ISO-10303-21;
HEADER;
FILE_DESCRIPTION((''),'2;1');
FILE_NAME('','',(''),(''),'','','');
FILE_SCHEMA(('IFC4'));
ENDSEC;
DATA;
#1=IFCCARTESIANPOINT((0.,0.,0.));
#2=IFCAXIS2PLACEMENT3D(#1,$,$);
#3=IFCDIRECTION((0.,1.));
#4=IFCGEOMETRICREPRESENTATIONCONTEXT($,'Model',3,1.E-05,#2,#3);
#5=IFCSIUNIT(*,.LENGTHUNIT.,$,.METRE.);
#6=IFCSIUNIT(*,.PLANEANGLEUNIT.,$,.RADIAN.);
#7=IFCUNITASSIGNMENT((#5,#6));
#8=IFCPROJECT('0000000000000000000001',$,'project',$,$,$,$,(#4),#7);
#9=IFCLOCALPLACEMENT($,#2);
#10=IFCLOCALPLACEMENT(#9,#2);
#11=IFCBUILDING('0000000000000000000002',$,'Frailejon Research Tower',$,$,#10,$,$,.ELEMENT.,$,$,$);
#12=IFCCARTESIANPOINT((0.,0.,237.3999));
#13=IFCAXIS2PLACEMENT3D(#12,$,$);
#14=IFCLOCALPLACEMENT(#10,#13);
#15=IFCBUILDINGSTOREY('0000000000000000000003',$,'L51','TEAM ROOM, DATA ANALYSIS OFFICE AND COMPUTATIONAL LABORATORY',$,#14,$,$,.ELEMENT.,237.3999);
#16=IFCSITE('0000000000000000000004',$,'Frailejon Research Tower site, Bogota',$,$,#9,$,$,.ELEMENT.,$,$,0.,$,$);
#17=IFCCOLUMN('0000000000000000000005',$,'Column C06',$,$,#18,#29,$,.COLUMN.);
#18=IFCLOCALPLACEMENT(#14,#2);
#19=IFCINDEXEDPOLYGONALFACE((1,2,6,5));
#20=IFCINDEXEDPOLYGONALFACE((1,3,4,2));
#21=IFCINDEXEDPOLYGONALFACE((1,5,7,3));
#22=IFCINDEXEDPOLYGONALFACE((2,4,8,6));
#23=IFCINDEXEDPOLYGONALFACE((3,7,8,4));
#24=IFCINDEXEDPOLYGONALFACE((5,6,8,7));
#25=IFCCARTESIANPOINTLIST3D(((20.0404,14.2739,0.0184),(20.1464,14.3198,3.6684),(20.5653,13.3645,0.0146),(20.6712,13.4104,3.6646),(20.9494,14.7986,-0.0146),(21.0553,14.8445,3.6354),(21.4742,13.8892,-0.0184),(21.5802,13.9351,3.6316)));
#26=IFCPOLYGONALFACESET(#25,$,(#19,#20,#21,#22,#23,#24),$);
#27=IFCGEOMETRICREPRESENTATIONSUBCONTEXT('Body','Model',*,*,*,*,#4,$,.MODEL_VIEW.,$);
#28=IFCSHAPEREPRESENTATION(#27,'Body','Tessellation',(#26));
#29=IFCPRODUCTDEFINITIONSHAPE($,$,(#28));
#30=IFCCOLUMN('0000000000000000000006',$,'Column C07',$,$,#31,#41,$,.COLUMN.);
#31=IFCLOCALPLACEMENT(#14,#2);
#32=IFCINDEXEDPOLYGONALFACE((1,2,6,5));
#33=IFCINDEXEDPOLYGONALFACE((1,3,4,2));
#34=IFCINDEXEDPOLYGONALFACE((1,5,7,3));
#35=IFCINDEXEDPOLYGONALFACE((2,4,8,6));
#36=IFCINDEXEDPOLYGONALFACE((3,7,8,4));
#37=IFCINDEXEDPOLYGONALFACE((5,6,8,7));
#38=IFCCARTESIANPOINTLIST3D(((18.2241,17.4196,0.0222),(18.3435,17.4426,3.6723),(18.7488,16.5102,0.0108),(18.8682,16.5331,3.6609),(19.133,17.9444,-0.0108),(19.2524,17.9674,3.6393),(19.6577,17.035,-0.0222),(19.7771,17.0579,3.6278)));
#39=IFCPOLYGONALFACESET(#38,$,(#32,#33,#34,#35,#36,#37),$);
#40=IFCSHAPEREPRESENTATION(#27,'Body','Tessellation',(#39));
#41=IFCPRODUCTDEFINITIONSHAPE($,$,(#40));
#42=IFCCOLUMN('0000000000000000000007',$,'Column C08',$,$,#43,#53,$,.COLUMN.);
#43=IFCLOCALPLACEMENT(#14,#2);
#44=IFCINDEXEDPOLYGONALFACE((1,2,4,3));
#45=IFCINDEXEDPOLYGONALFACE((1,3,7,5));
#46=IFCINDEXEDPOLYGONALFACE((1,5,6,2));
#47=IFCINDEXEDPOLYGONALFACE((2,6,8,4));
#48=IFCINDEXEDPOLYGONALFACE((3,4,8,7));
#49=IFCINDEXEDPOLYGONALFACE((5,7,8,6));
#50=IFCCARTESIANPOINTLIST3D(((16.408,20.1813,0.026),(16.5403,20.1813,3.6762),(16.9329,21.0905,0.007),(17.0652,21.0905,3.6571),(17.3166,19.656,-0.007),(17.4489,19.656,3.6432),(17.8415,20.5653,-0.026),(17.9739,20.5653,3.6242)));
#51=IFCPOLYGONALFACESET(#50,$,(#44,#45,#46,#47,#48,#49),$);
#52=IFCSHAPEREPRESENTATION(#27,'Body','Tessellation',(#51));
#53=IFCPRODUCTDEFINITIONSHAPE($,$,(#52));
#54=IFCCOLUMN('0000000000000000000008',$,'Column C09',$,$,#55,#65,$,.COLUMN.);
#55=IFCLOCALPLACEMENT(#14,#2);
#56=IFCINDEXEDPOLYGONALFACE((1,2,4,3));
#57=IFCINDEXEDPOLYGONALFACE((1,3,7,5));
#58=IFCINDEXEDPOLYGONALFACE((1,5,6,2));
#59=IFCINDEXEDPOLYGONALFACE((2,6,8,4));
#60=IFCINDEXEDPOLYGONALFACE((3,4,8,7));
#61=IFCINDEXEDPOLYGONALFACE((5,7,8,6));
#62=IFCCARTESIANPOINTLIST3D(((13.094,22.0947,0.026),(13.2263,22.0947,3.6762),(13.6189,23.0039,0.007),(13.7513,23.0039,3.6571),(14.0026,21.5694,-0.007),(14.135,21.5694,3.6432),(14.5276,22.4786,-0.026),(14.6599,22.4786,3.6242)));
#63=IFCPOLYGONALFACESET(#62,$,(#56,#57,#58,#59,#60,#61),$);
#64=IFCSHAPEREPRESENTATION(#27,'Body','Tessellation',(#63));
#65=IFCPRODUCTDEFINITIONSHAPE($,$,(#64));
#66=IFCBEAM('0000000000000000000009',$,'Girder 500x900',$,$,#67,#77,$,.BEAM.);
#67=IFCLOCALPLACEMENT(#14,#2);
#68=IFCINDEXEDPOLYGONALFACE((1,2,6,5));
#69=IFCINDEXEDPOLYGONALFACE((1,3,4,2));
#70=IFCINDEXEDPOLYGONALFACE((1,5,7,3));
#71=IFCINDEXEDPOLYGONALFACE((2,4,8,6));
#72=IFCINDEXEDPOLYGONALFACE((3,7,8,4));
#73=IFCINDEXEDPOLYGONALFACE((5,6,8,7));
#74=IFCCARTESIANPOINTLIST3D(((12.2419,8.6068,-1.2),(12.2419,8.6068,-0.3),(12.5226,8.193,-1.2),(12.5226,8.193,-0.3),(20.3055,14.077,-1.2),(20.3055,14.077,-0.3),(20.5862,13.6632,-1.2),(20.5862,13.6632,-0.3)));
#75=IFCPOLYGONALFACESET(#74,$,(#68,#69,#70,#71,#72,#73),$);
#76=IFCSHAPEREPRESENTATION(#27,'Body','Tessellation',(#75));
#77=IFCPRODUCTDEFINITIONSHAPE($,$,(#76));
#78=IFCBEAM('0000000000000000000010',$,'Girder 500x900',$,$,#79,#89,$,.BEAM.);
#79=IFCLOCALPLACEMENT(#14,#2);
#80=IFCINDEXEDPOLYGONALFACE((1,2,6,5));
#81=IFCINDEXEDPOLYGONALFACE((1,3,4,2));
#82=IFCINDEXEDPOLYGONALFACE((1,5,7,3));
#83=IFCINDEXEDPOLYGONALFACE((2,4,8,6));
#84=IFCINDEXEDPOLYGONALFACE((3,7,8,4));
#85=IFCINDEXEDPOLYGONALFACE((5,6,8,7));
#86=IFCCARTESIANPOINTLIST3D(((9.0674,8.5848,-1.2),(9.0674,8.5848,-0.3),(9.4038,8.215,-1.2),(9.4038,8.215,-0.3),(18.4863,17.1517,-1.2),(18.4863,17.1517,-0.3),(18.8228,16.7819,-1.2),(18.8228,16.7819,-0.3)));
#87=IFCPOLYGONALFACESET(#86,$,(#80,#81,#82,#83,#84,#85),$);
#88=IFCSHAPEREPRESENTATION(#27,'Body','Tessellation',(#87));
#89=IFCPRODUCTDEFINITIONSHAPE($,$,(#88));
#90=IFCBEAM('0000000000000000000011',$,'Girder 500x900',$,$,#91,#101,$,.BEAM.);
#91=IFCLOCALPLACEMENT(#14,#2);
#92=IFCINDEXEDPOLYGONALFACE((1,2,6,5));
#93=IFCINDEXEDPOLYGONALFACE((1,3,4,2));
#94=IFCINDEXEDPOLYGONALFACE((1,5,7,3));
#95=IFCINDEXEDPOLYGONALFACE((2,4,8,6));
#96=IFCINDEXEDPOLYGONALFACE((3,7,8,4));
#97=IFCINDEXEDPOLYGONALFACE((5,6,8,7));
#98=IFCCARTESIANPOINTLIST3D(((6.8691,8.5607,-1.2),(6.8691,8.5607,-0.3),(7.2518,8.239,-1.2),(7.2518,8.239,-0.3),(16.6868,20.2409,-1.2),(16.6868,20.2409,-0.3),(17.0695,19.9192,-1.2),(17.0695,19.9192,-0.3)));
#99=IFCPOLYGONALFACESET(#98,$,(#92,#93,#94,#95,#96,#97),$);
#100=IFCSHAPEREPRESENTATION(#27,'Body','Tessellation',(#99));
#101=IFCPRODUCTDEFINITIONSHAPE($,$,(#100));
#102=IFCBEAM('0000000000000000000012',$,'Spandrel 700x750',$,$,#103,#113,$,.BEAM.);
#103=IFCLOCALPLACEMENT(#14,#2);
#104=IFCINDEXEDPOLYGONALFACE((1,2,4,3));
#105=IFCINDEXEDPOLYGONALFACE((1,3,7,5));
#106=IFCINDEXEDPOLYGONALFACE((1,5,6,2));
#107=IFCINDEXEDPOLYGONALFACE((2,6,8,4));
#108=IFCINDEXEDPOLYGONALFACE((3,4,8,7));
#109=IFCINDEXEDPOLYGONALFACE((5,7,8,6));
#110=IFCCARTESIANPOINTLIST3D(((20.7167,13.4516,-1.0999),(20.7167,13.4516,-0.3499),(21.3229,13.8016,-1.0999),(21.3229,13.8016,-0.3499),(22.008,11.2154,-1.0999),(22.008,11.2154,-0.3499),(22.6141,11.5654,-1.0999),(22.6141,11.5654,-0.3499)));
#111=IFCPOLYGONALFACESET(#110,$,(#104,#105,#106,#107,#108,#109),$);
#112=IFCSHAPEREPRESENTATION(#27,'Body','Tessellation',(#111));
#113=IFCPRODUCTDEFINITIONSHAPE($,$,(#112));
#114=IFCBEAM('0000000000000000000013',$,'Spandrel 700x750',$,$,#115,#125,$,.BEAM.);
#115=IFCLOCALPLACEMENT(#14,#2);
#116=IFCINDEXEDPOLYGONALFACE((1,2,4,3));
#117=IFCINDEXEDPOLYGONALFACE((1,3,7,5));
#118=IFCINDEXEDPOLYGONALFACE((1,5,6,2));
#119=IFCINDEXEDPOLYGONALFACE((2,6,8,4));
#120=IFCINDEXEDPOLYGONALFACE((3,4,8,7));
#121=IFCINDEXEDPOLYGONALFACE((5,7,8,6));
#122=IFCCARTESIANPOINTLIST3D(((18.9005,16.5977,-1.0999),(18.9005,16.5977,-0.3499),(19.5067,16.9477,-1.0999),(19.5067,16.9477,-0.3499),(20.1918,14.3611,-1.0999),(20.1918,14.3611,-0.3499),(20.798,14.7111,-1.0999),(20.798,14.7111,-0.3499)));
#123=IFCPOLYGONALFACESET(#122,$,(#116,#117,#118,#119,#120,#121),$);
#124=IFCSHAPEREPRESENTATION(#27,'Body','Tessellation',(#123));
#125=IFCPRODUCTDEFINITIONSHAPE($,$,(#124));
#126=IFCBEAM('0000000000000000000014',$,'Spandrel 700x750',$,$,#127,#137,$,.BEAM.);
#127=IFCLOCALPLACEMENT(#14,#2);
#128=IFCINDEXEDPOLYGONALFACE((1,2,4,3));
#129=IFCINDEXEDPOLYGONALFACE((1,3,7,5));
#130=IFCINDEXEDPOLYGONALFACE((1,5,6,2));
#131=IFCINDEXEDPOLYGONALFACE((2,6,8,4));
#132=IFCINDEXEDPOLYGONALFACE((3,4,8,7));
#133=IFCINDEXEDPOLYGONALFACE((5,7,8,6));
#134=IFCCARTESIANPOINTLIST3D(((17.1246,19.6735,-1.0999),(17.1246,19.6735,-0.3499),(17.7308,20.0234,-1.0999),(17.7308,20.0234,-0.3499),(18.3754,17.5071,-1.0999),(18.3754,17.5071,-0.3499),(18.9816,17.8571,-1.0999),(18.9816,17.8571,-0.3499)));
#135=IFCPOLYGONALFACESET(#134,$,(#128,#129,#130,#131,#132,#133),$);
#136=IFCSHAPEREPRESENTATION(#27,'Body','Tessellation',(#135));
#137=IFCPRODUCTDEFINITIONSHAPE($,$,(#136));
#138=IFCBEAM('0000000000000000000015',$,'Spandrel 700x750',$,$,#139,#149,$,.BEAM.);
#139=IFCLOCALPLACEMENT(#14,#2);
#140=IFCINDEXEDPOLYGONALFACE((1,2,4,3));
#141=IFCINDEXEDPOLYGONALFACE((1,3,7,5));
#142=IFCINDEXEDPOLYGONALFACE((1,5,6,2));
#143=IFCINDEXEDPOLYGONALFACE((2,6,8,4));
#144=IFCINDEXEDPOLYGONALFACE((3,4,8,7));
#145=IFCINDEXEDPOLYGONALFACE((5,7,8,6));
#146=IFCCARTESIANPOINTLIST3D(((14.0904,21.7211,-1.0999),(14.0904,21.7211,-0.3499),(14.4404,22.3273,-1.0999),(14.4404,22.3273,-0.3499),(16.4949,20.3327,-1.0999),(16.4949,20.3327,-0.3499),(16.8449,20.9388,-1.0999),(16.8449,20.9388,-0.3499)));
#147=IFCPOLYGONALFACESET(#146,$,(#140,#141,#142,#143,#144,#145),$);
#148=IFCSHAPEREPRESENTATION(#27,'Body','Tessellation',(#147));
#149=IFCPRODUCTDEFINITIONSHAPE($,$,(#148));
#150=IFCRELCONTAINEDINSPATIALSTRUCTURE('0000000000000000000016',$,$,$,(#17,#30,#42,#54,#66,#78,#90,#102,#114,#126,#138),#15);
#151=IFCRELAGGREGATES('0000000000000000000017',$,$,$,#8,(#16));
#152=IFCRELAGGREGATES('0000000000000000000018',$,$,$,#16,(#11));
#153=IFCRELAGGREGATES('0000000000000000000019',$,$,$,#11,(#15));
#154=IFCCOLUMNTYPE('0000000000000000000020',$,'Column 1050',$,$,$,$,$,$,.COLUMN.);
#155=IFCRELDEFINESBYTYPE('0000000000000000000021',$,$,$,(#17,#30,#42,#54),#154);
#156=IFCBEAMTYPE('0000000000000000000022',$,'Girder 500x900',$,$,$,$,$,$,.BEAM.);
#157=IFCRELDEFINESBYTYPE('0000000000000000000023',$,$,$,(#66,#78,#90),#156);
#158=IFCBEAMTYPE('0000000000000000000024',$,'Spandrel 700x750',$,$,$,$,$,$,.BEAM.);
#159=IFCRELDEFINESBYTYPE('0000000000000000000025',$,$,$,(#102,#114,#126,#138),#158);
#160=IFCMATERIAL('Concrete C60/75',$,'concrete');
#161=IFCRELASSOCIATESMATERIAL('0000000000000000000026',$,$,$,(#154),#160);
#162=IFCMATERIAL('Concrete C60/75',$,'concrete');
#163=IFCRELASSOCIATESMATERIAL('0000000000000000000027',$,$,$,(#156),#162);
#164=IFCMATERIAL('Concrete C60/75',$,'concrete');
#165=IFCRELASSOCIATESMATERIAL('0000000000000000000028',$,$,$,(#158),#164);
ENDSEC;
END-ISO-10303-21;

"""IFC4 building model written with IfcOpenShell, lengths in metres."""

from ifc_helpers import new_model, si_unit, direction, frame, origin, origin_2d, place, context, subcontext, project, spatial, rectangle, extrude, material, material_profile, profile_set, type_object, element, save


model = new_model("IFC4")

# Units and contexts
model_context = context("Model", 3, precision=1e-05, world=origin(), true_north=direction((0.0, 1.0)))
body_context = subcontext(model_context, "Body", "Model", "MODEL_VIEW")
ifc_project = project(units=[si_unit("LENGTHUNIT", "METRE"), si_unit("PLANEANGLEUNIT", "RADIAN")], contexts=[model_context])

# Site, building, storey
site_placement = place(None, origin())
site = spatial("IfcSite", under=ifc_project, at=site_placement, Name="Frailejon Research Tower site, Bogota", CompositionType="ELEMENT", RefElevation=0.0)
building_placement = place(site_placement, origin())
building = spatial("IfcBuilding", under=site, at=building_placement, Name="Frailejon Research Tower", CompositionType="ELEMENT")
storey_placement = place(building_placement, frame((0.0, 0.0, 237.3999)))
storey = spatial("IfcBuildingStorey", under=building, at=storey_placement, Name="L51", Description="TEAM ROOM, DATA ANALYSIS OFFICE AND COMPUTATIONAL LABORATORY", CompositionType="ELEMENT", Elevation=237.3999)

# Columns
ifc_material_1 = material(Name="Concrete C60/75", Category="concrete")
ifc_material_profile_1 = material_profile(ifc_material_1, rectangle(XDim=1.05, YDim=1.05, at=origin_2d()), Name="Column 1050")
ifc_profile_set_1 = profile_set([ifc_material_profile_1], Name="Concrete C60/75")
column_type = type_object("IfcColumnType", Name="Column 1050", PredefinedType="COLUMN", material=ifc_profile_set_1)
column_1_placement = place(storey_placement, frame((20.7573, 14.0815, 0.0), z_axis=(0.029014, 0.012568, 0.9995), x_axis=(-0.499849, 0.866105, 0.003619)))
element("IfcColumn", 1, at=column_1_placement, inside=storey, type_object=column_type, Name="Column C06", PredefinedType="COLUMN", context=body_context, shape_type="SweptSolid", body=[
    extrude(rectangle(XDim=1.05, YDim=1.05, at=origin_2d()), origin(), (0.0, 0.0, 1.0), 3.6519),
])
column_2_placement = place(storey_placement, frame((18.9409, 17.2273, 0.0), z_axis=(0.032689, 0.006284, 0.999446), x_axis=(-0.499707, 0.866126, 0.010898)))
element("IfcColumn", 2, at=column_2_placement, inside=storey, type_object=column_type, Name="Column C07", PredefinedType="COLUMN", context=body_context, shape_type="SweptSolid", body=[
    extrude(rectangle(XDim=1.05, YDim=1.05, at=origin_2d()), origin(), (0.0, 0.0, 1.0), 3.6521),
])
for number, where, z_axis, x_axis, name in (
    (3, (17.1248, 20.3733, 0.0), (0.036228, 0.0, 0.999344), (-0.865315, 0.500246, 0.031369), "Column C08"),
    (4, (13.8108, 22.2866, 0.0), (0.036228, 0.0, 0.999344), (-0.865315, 0.500246, 0.031369), "Column C09"),
):
    element("IfcColumn", number, at=place(storey_placement, frame(where, z_axis=z_axis, x_axis=x_axis)), inside=storey, type_object=column_type, Name=name, PredefinedType="COLUMN", context=body_context, shape_type="SweptSolid", body=[
        extrude(rectangle(XDim=1.05, YDim=1.05, at=origin_2d()), origin(), (0.0, 0.0, 1.0), 3.6526),
    ])

# Beams
ifc_material_2 = material(Name="Concrete C60/75", Category="concrete")
ifc_material_profile_2 = material_profile(ifc_material_2, rectangle(XDim=0.5, YDim=0.8999, at=origin_2d()), Name="Girder 500x900")
ifc_profile_set_2 = profile_set([ifc_material_profile_2], Name="Concrete C60/75")
beam_type_1 = type_object("IfcBeamType", Name="Girder 500x900", PredefinedType="BEAM", material=ifc_profile_set_2)
beam_1_placement = place(storey_placement, frame((20.4458, 13.8701, -0.75), z_axis=(-0.827544, -0.561401, 0.0), x_axis=(0.561401, -0.827544, 0.0)))
element("IfcBeam", 5, at=beam_1_placement, inside=storey, type_object=beam_type_1, Name="Girder 500x900", PredefinedType="BEAM", context=body_context, shape_type="SweptSolid", body=[
    extrude(rectangle(XDim=0.5, YDim=0.8999, at=origin_2d()), origin(), (0.0, 0.0, 1.0), 9.7439),
])
beam_2_placement = place(storey_placement, frame((18.6545, 16.9668, -0.75), z_axis=(-0.739775, -0.672854, 0.0), x_axis=(0.672854, -0.739775, 0.0)))
element("IfcBeam", 6, at=beam_2_placement, inside=storey, type_object=beam_type_1, Name="Girder 500x900", PredefinedType="BEAM", context=body_context, shape_type="SweptSolid", body=[
    extrude(rectangle(XDim=0.5, YDim=0.8999, at=origin_2d()), origin(), (0.0, 0.0, 1.0), 12.7322),
])
beam_3_placement = place(storey_placement, frame((16.8782, 20.0801, -0.75), z_axis=(-0.643433, -0.765502, 0.0), x_axis=(0.765502, -0.643433, 0.0)))
element("IfcBeam", 7, at=beam_3_placement, inside=storey, type_object=beam_type_1, Name="Girder 500x900", PredefinedType="BEAM", context=body_context, shape_type="SweptSolid", body=[
    extrude(rectangle(XDim=0.5, YDim=0.8999, at=origin_2d()), origin(), (0.0, 0.0, 1.0), 15.2583),
])
ifc_material_3 = material(Name="Concrete C60/75", Category="concrete")
ifc_material_profile_3 = material_profile(ifc_material_3, rectangle(XDim=0.7, YDim=0.75, at=origin_2d()), Name="Spandrel 700x750")
ifc_profile_set_3 = profile_set([ifc_material_profile_3], Name="Concrete C60/75")
beam_type_2 = type_object("IfcBeamType", Name="Spandrel 700x750", PredefinedType="BEAM", material=ifc_profile_set_3)
beam_4_placement = place(storey_placement, frame((22.311, 11.3904, -0.7249), z_axis=(-0.500033, 0.866006, 0.0), x_axis=(-0.866006, -0.500033, 0.0)))
element("IfcBeam", 8, at=beam_4_placement, inside=storey, type_object=beam_type_2, Name="Spandrel 700x750", PredefinedType="BEAM", context=body_context, shape_type="SweptSolid", body=[
    extrude(rectangle(XDim=0.7, YDim=0.75, at=origin_2d()), origin(), (0.0, 0.0, 1.0), 2.5823),
])
beam_5_placement = place(storey_placement, frame((20.4949, 14.5361, -0.7249), z_axis=(-0.499992, 0.86603, 0.0), x_axis=(-0.86603, -0.499992, 0.0)))
element("IfcBeam", 9, at=beam_5_placement, inside=storey, type_object=beam_type_2, Name="Spandrel 700x750", PredefinedType="BEAM", context=body_context, shape_type="SweptSolid", body=[
    extrude(rectangle(XDim=0.7, YDim=0.75, at=origin_2d()), origin(), (0.0, 0.0, 1.0), 2.5825),
])
beam_6_placement = place(storey_placement, frame((18.6785, 17.6821, -0.7249), z_axis=(-0.500013, 0.866018, 0.0), x_axis=(-0.866018, -0.500013, 0.0)))
element("IfcBeam", 10, at=beam_6_placement, inside=storey, type_object=beam_type_2, Name="Spandrel 700x750", PredefinedType="BEAM", context=body_context, shape_type="SweptSolid", body=[
    extrude(rectangle(XDim=0.7, YDim=0.75, at=origin_2d()), origin(), (0.0, 0.0, 1.0), 2.5015),
])
beam_7_placement = place(storey_placement, frame((16.6699, 20.6357, -0.7249), z_axis=(-0.866, 0.500045, 0.0), x_axis=(-0.500045, -0.866, 0.0)))
element("IfcBeam", 11, at=beam_7_placement, inside=storey, type_object=beam_type_2, Name="Spandrel 700x750", PredefinedType="BEAM", context=body_context, shape_type="SweptSolid", body=[
    extrude(rectangle(XDim=0.7, YDim=0.75, at=origin_2d()), origin(), (0.0, 0.0, 1.0), 2.7766),
])

save(model, "model.ifc")
